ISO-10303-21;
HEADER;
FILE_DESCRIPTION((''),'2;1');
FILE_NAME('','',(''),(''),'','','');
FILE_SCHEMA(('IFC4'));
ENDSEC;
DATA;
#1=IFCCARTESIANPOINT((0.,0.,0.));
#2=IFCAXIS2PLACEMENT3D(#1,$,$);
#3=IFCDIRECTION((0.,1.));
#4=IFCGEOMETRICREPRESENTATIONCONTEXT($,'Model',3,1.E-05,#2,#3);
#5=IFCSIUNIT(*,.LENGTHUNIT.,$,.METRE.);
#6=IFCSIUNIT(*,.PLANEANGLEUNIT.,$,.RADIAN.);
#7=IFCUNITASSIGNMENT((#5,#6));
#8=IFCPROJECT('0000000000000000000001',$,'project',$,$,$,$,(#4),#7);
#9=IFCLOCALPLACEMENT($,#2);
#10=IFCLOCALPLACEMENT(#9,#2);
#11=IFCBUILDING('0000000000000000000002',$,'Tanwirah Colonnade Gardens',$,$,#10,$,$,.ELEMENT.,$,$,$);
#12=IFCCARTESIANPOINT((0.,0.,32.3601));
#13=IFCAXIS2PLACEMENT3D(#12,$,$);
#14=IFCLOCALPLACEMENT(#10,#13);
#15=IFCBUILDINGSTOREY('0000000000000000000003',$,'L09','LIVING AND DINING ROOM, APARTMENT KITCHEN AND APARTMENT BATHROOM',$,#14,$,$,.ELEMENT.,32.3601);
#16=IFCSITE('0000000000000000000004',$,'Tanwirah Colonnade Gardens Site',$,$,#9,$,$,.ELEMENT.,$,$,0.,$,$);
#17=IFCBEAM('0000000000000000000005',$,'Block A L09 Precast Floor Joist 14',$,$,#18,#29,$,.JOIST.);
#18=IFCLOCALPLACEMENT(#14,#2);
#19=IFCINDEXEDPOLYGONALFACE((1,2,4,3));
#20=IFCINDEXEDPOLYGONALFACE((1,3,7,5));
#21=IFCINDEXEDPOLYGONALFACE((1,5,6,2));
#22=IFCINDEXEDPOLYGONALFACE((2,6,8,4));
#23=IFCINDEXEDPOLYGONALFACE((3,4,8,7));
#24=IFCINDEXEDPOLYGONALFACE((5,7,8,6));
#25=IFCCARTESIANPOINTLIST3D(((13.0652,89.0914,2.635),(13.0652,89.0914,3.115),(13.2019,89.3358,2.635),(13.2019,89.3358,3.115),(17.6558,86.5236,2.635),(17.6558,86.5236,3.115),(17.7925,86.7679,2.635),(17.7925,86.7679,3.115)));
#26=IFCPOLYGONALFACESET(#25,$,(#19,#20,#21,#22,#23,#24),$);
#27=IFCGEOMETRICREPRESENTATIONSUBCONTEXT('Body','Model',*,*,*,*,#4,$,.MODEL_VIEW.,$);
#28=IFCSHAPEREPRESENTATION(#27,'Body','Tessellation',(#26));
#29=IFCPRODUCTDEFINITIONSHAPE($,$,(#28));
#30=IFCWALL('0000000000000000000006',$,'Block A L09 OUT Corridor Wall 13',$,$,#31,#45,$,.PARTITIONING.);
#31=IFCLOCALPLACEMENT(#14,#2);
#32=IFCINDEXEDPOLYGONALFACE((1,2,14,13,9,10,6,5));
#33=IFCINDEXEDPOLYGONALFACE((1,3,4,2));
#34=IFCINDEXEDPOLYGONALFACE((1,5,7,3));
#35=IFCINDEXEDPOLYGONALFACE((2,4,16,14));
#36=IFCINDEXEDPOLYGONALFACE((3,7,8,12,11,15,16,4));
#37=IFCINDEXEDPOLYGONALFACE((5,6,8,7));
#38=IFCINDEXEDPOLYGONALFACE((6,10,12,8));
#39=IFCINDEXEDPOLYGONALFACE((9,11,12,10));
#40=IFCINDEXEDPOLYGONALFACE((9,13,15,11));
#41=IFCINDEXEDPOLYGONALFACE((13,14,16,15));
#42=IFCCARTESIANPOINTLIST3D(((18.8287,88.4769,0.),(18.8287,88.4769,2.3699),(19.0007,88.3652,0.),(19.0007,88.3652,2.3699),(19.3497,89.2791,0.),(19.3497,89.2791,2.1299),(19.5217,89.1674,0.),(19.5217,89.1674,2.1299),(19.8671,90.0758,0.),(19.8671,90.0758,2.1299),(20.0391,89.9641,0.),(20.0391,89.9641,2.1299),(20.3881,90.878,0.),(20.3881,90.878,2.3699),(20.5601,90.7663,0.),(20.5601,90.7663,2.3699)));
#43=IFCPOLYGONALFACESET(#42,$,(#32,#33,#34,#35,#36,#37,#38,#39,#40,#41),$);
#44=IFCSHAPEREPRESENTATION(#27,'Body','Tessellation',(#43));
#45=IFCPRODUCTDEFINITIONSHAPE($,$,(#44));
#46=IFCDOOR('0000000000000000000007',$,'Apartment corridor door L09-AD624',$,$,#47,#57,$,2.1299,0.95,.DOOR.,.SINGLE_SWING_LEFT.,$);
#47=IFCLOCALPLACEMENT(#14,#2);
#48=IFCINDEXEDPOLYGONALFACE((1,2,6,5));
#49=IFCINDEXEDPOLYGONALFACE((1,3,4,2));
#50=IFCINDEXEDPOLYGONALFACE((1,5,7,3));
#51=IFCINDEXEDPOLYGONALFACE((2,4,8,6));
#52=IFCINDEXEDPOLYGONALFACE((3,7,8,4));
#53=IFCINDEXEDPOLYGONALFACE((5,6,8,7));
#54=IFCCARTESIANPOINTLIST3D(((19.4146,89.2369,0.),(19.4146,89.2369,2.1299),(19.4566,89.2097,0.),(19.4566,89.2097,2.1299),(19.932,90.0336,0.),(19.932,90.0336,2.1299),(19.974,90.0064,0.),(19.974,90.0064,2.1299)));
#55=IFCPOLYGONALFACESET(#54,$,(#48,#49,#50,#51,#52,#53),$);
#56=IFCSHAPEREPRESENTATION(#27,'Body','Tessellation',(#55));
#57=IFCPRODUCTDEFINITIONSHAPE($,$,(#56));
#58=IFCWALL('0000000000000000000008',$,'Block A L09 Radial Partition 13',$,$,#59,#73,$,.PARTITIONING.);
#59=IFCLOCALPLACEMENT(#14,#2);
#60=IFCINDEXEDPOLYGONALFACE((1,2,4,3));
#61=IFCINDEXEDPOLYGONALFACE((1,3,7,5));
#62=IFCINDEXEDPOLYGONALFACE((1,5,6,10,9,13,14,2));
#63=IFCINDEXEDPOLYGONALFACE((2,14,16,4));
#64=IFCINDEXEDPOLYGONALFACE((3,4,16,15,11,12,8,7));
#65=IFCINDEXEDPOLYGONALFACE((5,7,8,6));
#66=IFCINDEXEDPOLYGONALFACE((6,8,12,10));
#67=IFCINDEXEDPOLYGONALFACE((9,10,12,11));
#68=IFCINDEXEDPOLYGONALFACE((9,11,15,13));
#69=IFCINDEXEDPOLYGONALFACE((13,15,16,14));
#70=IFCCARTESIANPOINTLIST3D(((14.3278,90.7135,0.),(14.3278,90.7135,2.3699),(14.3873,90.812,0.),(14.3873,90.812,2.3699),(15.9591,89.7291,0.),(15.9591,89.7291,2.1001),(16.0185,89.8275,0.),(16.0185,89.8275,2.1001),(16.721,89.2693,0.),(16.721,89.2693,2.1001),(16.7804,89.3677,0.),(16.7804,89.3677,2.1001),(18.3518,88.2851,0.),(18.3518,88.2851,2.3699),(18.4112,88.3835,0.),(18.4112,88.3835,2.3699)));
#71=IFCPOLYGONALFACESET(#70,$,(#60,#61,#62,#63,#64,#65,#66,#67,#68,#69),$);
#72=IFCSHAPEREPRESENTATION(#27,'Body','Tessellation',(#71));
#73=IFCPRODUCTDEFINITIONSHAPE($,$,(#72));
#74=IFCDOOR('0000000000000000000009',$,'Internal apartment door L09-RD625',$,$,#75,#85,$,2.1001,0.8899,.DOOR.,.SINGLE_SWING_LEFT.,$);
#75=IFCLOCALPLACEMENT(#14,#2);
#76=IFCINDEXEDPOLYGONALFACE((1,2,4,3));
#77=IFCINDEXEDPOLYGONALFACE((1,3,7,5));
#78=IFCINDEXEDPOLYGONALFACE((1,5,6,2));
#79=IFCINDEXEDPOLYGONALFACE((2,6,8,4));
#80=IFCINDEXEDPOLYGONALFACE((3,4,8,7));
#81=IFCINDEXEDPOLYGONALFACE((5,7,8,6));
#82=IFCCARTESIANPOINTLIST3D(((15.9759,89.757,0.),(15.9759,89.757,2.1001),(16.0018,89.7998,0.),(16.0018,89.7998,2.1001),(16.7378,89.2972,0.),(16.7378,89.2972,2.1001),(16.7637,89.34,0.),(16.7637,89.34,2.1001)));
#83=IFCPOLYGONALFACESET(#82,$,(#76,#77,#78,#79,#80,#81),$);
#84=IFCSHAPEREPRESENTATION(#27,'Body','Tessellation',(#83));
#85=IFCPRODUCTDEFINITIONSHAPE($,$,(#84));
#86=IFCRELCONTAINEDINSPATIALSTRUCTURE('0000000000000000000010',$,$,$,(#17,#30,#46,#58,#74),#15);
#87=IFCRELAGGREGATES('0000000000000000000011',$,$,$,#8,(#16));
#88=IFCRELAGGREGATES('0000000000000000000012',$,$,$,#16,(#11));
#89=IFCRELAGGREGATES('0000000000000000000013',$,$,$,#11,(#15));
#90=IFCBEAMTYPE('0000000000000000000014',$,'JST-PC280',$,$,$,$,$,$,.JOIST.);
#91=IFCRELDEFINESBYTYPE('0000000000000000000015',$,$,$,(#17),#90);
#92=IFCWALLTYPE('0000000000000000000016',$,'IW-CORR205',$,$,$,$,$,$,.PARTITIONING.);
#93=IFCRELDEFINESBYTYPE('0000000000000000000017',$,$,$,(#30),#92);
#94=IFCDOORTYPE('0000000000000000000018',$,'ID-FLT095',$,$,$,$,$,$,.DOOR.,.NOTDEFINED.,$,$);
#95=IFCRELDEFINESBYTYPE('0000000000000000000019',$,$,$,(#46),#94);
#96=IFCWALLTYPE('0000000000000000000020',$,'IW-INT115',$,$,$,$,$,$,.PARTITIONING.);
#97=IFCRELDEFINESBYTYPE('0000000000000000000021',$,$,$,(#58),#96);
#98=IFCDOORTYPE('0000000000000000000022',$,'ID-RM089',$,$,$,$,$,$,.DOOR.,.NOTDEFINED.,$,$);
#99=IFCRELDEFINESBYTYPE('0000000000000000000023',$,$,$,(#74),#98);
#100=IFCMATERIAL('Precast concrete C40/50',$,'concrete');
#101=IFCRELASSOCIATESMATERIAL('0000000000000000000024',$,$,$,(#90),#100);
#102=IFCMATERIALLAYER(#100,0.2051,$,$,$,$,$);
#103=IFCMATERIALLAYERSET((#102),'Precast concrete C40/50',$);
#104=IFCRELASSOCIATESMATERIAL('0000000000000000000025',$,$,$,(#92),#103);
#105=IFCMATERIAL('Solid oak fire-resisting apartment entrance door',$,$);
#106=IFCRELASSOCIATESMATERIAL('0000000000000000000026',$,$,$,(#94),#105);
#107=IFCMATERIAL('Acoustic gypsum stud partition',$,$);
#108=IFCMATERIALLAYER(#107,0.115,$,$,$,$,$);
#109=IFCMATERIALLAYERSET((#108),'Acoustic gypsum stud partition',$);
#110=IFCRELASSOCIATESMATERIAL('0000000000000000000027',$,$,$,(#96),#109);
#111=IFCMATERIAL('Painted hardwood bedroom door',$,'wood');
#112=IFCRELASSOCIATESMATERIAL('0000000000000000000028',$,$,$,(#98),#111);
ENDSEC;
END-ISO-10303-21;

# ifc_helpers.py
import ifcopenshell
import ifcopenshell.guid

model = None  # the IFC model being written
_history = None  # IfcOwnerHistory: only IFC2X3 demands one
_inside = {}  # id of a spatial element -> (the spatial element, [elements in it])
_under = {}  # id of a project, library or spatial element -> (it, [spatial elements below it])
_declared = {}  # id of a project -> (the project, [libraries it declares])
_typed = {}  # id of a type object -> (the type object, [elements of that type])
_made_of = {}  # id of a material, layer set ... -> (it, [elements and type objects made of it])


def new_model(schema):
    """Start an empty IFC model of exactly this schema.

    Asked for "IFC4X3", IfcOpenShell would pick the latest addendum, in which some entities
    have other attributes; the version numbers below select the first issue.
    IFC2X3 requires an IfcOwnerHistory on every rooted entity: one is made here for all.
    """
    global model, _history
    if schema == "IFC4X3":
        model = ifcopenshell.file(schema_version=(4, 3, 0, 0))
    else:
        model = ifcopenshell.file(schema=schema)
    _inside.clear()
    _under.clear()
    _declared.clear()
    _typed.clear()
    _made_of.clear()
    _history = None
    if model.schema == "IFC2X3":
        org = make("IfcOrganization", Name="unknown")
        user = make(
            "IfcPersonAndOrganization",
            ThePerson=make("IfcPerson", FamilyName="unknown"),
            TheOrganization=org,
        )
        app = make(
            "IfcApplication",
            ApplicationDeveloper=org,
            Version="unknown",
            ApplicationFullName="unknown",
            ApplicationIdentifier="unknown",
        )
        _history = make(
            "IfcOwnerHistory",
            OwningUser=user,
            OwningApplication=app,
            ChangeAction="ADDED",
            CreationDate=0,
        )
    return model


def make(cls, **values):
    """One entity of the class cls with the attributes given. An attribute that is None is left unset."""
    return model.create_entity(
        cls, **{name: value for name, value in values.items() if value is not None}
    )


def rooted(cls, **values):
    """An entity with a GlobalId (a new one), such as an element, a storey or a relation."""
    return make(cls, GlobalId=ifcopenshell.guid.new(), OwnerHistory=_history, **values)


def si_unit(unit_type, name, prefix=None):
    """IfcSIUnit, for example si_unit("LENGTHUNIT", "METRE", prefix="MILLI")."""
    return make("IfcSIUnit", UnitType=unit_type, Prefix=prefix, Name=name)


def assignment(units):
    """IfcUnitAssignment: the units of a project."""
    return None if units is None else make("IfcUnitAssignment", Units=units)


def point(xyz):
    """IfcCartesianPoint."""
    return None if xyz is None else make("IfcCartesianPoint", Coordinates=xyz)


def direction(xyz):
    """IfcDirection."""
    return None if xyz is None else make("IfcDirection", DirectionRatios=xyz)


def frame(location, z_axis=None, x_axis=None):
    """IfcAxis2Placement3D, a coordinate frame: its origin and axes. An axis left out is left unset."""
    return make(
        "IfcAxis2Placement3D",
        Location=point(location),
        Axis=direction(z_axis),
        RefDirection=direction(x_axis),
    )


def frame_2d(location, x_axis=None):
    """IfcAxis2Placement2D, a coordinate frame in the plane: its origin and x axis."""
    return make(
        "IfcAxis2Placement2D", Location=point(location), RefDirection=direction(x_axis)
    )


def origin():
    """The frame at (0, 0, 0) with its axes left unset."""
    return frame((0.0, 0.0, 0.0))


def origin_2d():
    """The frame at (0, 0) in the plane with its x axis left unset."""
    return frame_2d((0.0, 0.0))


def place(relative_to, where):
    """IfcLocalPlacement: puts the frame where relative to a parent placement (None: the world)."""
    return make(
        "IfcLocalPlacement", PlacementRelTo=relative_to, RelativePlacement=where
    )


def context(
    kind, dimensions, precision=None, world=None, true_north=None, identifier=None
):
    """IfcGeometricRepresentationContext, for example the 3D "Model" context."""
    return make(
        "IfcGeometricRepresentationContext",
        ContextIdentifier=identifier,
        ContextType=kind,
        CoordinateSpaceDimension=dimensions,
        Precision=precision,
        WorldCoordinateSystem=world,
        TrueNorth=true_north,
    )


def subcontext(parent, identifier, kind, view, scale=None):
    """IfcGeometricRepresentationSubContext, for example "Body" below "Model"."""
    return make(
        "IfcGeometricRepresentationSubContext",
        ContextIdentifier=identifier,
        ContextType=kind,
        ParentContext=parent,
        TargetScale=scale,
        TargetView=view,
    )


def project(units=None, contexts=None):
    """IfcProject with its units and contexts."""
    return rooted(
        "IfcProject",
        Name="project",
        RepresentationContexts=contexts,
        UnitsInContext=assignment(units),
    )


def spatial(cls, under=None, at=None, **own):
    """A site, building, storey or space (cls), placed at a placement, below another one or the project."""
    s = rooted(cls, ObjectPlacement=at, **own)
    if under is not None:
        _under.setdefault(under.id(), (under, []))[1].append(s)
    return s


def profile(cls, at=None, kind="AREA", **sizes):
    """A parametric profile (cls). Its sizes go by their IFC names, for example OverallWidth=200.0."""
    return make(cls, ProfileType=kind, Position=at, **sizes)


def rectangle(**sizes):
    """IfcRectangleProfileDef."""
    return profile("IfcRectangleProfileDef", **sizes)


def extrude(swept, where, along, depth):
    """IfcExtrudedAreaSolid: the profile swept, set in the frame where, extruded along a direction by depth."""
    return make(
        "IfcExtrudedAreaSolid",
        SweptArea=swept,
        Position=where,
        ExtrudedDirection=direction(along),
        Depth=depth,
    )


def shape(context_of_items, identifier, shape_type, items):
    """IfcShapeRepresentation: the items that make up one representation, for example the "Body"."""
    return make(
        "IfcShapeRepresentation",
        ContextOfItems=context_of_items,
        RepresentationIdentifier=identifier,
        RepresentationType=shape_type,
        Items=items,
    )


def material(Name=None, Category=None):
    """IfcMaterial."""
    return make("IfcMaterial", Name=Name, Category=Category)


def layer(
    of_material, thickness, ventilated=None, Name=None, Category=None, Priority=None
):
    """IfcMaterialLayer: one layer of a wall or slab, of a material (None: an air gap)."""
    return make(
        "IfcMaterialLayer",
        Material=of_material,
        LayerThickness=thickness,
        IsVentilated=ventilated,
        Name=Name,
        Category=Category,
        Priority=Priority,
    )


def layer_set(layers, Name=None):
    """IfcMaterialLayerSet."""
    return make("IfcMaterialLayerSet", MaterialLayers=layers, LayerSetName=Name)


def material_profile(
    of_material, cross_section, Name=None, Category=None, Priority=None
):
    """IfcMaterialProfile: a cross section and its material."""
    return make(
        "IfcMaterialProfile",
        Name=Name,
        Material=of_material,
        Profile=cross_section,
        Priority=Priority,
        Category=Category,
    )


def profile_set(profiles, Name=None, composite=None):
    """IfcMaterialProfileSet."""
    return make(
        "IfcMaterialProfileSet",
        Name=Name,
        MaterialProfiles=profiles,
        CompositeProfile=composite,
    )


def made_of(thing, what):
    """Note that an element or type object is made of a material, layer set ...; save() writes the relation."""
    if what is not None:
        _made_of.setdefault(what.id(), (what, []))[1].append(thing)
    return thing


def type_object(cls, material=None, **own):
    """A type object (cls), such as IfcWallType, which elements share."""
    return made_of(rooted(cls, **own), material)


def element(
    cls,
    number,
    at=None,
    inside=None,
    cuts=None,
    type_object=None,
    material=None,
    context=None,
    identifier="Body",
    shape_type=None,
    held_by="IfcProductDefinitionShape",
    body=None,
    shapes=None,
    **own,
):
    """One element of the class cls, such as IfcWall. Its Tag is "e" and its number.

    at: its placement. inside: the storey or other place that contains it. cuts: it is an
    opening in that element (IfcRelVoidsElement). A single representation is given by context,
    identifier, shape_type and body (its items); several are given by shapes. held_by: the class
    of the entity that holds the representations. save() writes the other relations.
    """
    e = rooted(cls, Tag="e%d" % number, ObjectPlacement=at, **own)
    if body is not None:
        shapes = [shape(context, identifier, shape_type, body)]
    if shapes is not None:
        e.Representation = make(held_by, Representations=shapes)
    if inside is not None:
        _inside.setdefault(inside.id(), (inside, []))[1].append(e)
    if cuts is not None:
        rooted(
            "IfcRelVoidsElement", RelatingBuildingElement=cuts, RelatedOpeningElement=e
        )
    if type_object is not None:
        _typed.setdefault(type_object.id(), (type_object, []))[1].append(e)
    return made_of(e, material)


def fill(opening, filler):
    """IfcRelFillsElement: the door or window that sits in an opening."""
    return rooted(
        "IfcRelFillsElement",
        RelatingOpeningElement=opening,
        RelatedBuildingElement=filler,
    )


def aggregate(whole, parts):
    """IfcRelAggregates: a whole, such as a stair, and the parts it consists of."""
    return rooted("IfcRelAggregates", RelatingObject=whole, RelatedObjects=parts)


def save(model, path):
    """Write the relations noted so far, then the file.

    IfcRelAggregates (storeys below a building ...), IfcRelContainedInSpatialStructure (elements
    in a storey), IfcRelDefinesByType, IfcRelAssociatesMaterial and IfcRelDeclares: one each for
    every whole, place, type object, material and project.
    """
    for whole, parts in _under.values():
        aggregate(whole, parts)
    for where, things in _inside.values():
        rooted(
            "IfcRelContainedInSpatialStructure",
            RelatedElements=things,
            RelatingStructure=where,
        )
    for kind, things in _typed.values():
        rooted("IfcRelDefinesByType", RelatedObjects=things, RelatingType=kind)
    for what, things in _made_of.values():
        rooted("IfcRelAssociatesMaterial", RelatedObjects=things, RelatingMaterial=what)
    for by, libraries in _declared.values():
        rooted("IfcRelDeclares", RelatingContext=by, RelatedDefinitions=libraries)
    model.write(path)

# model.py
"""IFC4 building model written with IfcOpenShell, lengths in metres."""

from ifc_helpers import new_model, si_unit, direction, frame, frame_2d, origin, origin_2d, place, context, subcontext, project, spatial, rectangle, extrude, material, layer, layer_set, material_profile, profile_set, type_object, element, fill, save


model = new_model("IFC4")

# Units and contexts
model_context = context("Model", 3, precision=1e-05, world=origin(), true_north=direction((0.0, 1.0)))
body_context = subcontext(model_context, "Body", "Model", "MODEL_VIEW")
ifc_project = project(units=[si_unit("LENGTHUNIT", "METRE"), si_unit("PLANEANGLEUNIT", "RADIAN")], contexts=[model_context])

# Site, building, storey
site_placement = place(None, origin())
site = spatial("IfcSite", under=ifc_project, at=site_placement, Name="Tanwirah Colonnade Gardens Site", CompositionType="ELEMENT", RefElevation=0.0)
building_placement = place(site_placement, origin())
building = spatial("IfcBuilding", under=site, at=building_placement, Name="Tanwirah Colonnade Gardens", CompositionType="ELEMENT")
storey_placement = place(building_placement, frame((0.0, 0.0, 32.3601)))
storey = spatial("IfcBuildingStorey", under=building, at=storey_placement, Name="L09", Description="LIVING AND DINING ROOM, APARTMENT KITCHEN AND APARTMENT BATHROOM", CompositionType="ELEMENT", Elevation=32.3601)

# Shared definitions
ifc_material_1 = material(Name="Precast concrete C40/50", Category="concrete")

# Beam
ifc_material_profile_1 = material_profile(ifc_material_1, rectangle(XDim=0.28, YDim=0.48, at=origin_2d()), Name="PC-JST 280x480")
ifc_profile_set_1 = profile_set([ifc_material_profile_1], Name="Precast concrete C40/50")
beam_type_1 = type_object("IfcBeamType", Name="JST-PC280", PredefinedType="JOIST", material=ifc_profile_set_1)
beam_1_placement = place(storey_placement, frame((17.7241, 86.6458, 2.875), z_axis=(-0.872737, 0.488191, 0.0), x_axis=(-0.488191, -0.872737, 0.0)))
element("IfcBeam", 1, at=beam_1_placement, inside=storey, type_object=beam_type_1, Name="Block A L09 Precast Floor Joist 14", PredefinedType="JOIST", context=body_context, shape_type="SweptSolid", body=[
    extrude(rectangle(XDim=0.28, YDim=0.48, at=origin_2d()), origin(), (0.0, 0.0, 1.0), 5.26),
])

# Walls, openings, doors
ifc_layer_1 = layer(ifc_material_1, 0.2051)
ifc_layer_set_1 = layer_set([ifc_layer_1], Name="Precast concrete C40/50")
wall_type_1 = type_object("IfcWallType", Name="IW-CORR205", PredefinedType="PARTITIONING", material=ifc_layer_set_1)
wall_1_placement = place(storey_placement, frame((20.4741, 90.8223, 0.0), z_axis=(0.0, 0.0, 1.0), x_axis=(-0.544644, -0.838668, 0.0)))
wall_1 = element("IfcWall", 2, at=wall_1_placement, inside=storey, type_object=wall_type_1, Name="Block A L09 OUT Corridor Wall 13", PredefinedType="PARTITIONING", context=body_context, shape_type="SweptSolid", body=[
    extrude(rectangle(XDim=2.863, YDim=0.2051, at=frame_2d((1.4316, 0.0))), origin(), (0.0, 0.0, 1.0), 2.3699),
])
opening_1_placement = place(wall_1_placement, frame((0.9565, 0.0, 0.0)))
opening_1 = element("IfcOpeningElement", 3, at=opening_1_placement, cuts=wall_1, PredefinedType="OPENING", context=body_context, shape_type="SweptSolid", body=[
    extrude(rectangle(XDim=0.95, YDim=2.1299, at=frame_2d((0.4751, 1.0649))), frame((0.0, 0.1125, 0.0), z_axis=(0.0, -1.0, 0.0), x_axis=(1.0, 0.0, 0.0)), (0.0, 0.0, 1.0), 0.2251),
])
ifc_material_2 = material(Name="Solid oak fire-resisting apartment entrance door")
door_type_1 = type_object("IfcDoorType", Name="ID-FLT095", OperationType="NOTDEFINED", PredefinedType="DOOR", material=ifc_material_2)
door_1_placement = place(opening_1_placement, origin())
door_1 = element("IfcDoor", 4, at=door_1_placement, inside=storey, type_object=door_type_1, Name="Apartment corridor door L09-AD624", OperationType="SINGLE_SWING_LEFT", OverallHeight=2.1299, OverallWidth=0.95, PredefinedType="DOOR", context=body_context, shape_type="SweptSolid", body=[
    extrude(rectangle(XDim=0.95, YDim=2.1299, at=frame_2d((0.4751, 1.0649))), frame((0.0, 0.0249, 0.0), z_axis=(0.0, -1.0, 0.0), x_axis=(1.0, 0.0, 0.0)), (0.0, 0.0, 1.0), 0.05),
])
fill(opening_1, door_1)
ifc_material_3 = material(Name="Acoustic gypsum stud partition")
ifc_layer_2 = layer(ifc_material_3, 0.115)
ifc_layer_set_2 = layer_set([ifc_layer_2], Name="Acoustic gypsum stud partition")
wall_type_2 = type_object("IfcWallType", Name="IW-INT115", PredefinedType="PARTITIONING", material=ifc_layer_set_2)
wall_2_placement = place(storey_placement, frame((18.3816, 88.3342, 0.0), z_axis=(0.0, 0.0, 1.0), x_axis=(-0.856165, 0.516702, 0.0)))
wall_2 = element("IfcWall", 5, at=wall_2_placement, inside=storey, type_object=wall_type_2, Name="Block A L09 Radial Partition 13", PredefinedType="PARTITIONING", context=body_context, shape_type="SweptSolid", body=[
    extrude(rectangle(XDim=4.7, YDim=0.115, at=frame_2d((2.3501, 0.0))), origin(), (0.0, 0.0, 1.0), 2.3699),
])
opening_2_placement = place(wall_2_placement, frame((1.905, 0.0, 0.0)))
opening_2 = element("IfcOpeningElement", 6, at=opening_2_placement, cuts=wall_2, PredefinedType="OPENING", context=body_context, shape_type="SweptSolid", body=[
    extrude(rectangle(XDim=0.8899, YDim=2.1001, at=frame_2d((0.4448, 1.05))), frame((0.0, 0.0674, 0.0), z_axis=(0.0, -1.0, 0.0), x_axis=(1.0, 0.0, 0.0)), (0.0, 0.0, 1.0), 0.135),
])
ifc_material_4 = material(Name="Painted hardwood bedroom door", Category="wood")
door_type_2 = type_object("IfcDoorType", Name="ID-RM089", OperationType="NOTDEFINED", PredefinedType="DOOR", material=ifc_material_4)
door_2_placement = place(opening_2_placement, origin())
door_2 = element("IfcDoor", 7, at=door_2_placement, inside=storey, type_object=door_type_2, Name="Internal apartment door L09-RD625", OperationType="SINGLE_SWING_LEFT", OverallHeight=2.1001, OverallWidth=0.8899, PredefinedType="DOOR", context=body_context, shape_type="SweptSolid", body=[
    extrude(rectangle(XDim=0.8899, YDim=2.1001, at=frame_2d((0.4448, 1.05))), frame((0.0, 0.0249, 0.0), z_axis=(0.0, -1.0, 0.0), x_axis=(1.0, 0.0, 0.0)), (0.0, 0.0, 1.0), 0.05),
])
fill(opening_2, door_2)

save(model, "model.ifc")
